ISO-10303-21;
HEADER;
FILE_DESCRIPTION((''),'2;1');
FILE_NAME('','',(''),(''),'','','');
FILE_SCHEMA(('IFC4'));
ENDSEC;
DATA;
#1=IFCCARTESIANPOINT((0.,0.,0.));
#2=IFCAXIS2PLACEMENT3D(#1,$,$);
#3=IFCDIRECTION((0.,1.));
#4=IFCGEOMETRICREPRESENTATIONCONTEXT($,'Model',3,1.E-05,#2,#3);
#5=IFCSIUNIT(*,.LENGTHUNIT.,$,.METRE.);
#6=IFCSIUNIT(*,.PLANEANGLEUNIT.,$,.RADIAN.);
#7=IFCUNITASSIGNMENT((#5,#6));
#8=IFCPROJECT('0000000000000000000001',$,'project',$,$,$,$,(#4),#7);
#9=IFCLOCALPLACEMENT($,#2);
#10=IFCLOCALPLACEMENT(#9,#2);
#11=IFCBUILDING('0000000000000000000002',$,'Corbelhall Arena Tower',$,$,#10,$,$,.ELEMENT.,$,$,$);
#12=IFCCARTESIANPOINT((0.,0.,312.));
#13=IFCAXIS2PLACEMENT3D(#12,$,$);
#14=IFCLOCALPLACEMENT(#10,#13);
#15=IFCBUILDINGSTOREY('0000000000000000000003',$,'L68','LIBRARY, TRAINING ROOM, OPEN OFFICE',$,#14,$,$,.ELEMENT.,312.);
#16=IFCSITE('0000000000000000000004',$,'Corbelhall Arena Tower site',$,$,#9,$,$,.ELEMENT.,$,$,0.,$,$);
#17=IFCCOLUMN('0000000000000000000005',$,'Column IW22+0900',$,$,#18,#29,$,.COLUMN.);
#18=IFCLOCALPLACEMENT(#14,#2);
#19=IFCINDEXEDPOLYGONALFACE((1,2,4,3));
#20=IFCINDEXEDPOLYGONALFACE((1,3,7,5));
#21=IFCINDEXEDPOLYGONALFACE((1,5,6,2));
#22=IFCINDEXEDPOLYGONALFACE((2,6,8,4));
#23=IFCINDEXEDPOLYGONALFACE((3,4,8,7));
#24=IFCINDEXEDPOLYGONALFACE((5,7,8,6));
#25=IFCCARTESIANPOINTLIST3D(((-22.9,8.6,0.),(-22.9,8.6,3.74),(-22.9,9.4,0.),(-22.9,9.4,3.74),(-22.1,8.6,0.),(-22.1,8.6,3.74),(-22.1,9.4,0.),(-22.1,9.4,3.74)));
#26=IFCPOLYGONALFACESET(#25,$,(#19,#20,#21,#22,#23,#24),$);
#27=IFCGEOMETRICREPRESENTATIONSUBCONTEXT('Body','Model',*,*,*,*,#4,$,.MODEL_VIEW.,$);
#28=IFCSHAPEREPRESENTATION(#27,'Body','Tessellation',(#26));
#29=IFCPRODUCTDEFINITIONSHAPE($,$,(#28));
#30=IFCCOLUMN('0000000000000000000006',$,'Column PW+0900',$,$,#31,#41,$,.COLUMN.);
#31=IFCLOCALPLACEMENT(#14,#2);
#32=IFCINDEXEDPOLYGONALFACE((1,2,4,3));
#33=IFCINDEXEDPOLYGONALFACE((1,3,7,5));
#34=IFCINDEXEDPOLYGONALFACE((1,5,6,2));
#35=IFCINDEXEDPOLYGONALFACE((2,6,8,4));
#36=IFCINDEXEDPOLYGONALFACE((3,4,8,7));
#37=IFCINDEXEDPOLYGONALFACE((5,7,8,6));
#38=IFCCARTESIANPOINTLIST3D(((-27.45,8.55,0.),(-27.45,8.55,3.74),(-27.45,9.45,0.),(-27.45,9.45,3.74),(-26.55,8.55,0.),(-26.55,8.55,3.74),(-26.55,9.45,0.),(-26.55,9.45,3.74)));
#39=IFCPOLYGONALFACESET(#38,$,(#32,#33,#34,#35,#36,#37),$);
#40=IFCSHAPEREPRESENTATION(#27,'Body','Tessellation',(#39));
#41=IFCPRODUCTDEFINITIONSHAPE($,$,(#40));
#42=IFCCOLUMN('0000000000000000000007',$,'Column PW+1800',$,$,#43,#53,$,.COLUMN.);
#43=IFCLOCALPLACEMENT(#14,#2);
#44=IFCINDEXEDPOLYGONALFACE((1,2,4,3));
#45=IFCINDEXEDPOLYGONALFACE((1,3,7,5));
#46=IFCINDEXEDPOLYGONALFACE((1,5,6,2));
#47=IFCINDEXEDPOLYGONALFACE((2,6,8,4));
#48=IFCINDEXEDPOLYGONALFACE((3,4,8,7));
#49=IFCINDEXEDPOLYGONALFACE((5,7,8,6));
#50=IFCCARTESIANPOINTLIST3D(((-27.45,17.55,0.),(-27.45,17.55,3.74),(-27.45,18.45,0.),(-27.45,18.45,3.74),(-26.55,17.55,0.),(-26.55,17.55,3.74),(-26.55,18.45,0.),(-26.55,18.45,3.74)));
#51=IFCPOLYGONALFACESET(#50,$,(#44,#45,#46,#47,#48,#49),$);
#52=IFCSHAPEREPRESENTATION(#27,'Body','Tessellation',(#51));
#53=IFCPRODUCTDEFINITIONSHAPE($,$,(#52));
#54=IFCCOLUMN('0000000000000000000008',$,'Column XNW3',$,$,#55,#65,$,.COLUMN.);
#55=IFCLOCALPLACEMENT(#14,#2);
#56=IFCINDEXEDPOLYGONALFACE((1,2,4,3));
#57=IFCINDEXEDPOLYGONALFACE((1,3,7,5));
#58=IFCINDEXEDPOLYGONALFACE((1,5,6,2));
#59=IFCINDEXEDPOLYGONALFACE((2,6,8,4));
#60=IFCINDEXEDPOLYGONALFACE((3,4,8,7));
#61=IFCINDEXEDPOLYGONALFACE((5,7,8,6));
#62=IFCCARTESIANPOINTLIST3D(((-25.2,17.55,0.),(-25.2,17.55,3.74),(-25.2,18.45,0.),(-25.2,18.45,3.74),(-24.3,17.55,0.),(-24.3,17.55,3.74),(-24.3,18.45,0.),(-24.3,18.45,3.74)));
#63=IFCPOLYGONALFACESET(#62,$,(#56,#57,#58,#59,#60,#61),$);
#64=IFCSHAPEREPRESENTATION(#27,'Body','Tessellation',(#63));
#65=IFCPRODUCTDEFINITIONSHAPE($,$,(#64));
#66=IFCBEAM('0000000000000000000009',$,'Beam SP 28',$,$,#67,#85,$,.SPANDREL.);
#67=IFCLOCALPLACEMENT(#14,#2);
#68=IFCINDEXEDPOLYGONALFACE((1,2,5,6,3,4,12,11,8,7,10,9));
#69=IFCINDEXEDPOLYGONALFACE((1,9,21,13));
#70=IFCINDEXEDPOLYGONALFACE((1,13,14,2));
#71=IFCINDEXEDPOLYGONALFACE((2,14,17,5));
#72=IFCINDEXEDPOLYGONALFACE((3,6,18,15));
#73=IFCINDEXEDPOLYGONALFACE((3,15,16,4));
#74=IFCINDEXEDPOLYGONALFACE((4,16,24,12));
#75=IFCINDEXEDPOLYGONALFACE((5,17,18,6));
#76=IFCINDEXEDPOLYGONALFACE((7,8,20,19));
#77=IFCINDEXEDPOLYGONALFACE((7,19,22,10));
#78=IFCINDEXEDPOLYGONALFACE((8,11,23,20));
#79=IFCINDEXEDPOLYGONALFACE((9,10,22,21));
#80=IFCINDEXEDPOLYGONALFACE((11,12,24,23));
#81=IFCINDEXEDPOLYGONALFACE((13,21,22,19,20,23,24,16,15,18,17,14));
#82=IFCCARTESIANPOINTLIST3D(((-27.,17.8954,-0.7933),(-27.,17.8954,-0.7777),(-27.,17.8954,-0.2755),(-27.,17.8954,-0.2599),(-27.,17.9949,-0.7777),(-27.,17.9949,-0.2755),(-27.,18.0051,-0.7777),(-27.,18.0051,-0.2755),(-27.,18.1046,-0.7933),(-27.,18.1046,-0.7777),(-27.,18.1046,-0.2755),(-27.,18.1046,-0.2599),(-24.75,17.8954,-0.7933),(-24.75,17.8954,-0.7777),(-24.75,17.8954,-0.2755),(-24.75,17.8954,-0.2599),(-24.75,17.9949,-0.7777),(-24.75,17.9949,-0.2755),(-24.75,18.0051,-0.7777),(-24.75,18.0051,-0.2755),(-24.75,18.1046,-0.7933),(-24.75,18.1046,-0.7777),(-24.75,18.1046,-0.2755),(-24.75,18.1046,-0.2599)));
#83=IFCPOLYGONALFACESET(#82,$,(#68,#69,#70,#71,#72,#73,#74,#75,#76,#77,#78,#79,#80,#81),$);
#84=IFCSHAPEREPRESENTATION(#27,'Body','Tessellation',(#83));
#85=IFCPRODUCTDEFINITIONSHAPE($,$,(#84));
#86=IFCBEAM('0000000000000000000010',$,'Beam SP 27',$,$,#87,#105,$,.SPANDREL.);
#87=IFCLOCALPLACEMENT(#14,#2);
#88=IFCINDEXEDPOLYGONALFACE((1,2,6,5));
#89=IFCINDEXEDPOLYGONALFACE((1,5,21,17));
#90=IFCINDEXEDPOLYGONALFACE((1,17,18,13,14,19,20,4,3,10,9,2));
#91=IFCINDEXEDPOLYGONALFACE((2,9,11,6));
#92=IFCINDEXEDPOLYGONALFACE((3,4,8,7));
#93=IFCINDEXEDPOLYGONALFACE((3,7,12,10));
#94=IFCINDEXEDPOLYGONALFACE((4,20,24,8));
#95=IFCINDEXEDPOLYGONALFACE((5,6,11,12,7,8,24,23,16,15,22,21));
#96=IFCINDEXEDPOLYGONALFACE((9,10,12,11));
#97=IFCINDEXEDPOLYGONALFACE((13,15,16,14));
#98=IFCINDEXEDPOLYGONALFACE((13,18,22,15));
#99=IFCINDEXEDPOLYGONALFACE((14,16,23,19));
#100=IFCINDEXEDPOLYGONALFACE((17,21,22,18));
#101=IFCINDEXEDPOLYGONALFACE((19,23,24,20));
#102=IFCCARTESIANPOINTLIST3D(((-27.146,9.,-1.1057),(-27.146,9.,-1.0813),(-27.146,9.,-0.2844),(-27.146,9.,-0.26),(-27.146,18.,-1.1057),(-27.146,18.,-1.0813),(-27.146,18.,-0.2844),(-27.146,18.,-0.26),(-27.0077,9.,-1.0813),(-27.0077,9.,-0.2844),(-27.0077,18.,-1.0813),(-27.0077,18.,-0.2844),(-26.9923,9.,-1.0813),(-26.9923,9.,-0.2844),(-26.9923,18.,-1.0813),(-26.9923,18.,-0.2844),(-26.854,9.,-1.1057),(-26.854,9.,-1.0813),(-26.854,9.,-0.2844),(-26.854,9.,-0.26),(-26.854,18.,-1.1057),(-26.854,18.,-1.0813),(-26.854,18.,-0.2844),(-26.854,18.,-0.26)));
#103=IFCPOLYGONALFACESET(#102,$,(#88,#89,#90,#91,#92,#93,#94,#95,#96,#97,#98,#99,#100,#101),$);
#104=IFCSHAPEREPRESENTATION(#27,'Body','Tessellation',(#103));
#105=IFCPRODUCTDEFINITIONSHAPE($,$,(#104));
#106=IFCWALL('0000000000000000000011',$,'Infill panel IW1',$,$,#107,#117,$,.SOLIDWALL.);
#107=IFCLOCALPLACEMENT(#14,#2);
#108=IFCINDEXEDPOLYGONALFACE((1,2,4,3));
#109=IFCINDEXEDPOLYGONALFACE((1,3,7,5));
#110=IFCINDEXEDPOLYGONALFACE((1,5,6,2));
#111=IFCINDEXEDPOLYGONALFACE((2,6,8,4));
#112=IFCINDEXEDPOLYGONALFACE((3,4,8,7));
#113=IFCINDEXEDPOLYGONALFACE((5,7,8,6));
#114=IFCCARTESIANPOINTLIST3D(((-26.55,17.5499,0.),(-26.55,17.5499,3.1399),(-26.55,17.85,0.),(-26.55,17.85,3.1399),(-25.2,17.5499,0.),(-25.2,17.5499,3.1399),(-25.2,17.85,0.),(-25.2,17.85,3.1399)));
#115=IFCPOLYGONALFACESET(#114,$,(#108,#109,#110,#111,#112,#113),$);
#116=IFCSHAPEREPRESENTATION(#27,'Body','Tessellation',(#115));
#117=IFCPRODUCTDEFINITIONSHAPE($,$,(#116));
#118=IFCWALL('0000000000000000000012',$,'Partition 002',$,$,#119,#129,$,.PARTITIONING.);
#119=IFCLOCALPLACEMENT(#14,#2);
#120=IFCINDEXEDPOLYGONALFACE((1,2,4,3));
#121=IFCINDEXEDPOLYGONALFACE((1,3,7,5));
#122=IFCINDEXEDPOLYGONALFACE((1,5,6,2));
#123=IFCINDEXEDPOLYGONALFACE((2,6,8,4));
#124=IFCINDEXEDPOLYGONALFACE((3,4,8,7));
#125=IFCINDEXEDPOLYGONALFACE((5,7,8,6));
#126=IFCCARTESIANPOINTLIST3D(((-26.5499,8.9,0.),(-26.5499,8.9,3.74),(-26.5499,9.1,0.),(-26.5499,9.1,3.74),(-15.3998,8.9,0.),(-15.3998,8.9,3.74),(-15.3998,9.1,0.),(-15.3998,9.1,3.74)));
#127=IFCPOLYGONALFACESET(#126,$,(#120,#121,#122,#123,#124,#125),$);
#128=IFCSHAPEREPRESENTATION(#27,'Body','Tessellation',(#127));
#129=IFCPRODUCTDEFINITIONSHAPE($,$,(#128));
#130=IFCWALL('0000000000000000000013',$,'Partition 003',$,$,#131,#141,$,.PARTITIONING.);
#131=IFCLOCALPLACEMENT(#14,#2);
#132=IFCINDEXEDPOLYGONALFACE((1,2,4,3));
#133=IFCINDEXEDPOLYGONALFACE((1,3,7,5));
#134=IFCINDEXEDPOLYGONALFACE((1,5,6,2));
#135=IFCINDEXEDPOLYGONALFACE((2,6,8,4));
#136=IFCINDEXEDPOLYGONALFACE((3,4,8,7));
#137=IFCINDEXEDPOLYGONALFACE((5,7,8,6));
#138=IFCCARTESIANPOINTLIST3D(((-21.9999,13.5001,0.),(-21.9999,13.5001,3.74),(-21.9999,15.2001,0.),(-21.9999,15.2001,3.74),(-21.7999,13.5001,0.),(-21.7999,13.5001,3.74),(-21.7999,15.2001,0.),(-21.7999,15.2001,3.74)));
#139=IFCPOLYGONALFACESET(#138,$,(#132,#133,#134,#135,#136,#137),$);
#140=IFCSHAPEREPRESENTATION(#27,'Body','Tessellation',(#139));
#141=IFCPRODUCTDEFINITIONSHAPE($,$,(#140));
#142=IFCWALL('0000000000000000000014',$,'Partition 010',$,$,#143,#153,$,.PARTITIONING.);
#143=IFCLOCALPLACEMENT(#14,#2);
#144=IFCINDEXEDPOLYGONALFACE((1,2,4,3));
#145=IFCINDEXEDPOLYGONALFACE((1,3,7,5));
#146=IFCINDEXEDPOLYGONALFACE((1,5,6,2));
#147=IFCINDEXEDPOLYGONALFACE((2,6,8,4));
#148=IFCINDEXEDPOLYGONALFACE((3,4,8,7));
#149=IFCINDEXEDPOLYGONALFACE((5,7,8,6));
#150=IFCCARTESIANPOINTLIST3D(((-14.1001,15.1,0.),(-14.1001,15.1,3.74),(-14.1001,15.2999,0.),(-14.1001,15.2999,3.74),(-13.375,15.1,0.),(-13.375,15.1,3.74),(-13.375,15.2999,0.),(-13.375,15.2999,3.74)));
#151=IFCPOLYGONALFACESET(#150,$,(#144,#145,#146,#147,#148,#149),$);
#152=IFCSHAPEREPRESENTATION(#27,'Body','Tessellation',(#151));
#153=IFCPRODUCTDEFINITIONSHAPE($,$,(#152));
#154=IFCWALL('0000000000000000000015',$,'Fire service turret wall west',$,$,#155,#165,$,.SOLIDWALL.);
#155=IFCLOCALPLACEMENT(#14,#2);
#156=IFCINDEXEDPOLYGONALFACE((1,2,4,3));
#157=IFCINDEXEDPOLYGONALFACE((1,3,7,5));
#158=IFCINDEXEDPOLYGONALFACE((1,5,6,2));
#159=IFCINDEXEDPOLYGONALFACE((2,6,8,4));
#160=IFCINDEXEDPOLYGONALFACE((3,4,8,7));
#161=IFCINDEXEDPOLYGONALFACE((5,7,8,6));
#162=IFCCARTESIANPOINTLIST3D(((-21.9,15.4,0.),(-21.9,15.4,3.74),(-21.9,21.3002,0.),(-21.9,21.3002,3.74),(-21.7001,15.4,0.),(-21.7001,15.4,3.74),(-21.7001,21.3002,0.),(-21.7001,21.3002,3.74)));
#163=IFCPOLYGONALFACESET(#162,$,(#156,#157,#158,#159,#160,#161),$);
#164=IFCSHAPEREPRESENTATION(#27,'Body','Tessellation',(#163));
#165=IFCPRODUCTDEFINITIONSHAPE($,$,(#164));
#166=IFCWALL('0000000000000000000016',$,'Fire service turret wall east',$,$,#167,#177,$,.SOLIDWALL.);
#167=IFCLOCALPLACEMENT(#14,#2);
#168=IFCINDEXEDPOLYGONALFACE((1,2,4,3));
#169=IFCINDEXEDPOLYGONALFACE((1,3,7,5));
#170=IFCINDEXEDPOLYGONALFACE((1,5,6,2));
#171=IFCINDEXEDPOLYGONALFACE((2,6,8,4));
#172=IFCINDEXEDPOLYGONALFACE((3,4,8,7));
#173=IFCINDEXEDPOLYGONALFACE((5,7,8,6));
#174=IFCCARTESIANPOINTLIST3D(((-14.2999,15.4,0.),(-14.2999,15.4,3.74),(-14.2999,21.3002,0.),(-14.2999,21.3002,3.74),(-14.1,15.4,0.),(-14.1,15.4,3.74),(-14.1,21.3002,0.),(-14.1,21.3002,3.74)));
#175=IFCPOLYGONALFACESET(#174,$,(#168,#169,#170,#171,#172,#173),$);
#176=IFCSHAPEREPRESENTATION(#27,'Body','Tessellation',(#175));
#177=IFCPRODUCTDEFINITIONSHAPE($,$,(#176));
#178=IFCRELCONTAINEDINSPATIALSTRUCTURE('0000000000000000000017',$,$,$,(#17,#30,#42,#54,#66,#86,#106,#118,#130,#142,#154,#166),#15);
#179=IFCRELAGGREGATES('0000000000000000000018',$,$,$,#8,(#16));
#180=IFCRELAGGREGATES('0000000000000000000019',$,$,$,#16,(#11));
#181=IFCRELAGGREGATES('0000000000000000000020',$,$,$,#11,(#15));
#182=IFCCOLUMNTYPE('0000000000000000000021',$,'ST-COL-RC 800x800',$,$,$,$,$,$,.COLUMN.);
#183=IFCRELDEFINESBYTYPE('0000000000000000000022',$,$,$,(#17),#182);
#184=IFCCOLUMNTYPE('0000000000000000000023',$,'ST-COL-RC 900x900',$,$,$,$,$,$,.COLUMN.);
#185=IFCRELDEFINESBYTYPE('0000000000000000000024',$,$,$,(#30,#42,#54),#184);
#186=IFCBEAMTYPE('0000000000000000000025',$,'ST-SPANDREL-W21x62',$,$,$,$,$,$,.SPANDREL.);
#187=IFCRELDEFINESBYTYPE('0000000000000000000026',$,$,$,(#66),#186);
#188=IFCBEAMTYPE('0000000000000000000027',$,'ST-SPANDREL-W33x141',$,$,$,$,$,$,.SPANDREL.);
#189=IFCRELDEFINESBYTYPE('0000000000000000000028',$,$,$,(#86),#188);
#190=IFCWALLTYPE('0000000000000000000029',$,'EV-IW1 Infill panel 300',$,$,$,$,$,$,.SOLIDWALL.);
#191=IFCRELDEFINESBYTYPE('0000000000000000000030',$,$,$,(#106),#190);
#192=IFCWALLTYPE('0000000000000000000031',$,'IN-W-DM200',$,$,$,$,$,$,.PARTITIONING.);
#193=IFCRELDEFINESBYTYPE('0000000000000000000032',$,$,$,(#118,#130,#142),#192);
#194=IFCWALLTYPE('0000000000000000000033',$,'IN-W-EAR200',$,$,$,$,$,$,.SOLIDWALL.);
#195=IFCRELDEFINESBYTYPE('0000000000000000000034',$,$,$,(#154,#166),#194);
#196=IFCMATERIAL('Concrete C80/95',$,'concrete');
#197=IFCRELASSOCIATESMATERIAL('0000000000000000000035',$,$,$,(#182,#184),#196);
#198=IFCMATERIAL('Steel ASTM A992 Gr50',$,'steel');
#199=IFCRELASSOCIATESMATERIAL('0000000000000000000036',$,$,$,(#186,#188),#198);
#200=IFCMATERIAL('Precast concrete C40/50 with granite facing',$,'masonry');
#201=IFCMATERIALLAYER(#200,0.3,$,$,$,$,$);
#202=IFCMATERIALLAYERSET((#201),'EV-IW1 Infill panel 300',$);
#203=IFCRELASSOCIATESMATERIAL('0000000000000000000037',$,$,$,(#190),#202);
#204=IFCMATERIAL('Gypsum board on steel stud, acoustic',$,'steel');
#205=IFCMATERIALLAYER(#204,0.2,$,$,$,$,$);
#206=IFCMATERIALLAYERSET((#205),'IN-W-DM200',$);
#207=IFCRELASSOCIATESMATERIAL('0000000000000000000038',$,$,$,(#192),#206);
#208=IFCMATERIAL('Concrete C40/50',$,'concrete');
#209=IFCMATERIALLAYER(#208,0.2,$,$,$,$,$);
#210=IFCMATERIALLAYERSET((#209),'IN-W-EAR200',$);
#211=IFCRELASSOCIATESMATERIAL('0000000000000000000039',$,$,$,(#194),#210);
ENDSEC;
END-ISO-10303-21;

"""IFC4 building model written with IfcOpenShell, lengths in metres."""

from ifc_helpers import new_model, si_unit, direction, frame, frame_2d, origin, origin_2d, place, context, subcontext, project, spatial, rectangle, i_section, extrude, material, layer, layer_set, material_profile, profile_set, type_object, element, save


model = new_model("IFC4")

# Units and contexts
model_context = context("Model", 3, precision=1e-05, world=origin(), true_north=direction((0.0, 1.0)))
body_context = subcontext(model_context, "Body", "Model", "MODEL_VIEW")
ifc_project = project(units=[si_unit("LENGTHUNIT", "METRE"), si_unit("PLANEANGLEUNIT", "RADIAN")], contexts=[model_context])

# Site, building, storey
site_placement = place(None, origin())
site = spatial("IfcSite", under=ifc_project, at=site_placement, Name="Corbelhall Arena Tower site", CompositionType="ELEMENT", RefElevation=0.0)
building_placement = place(site_placement, origin())
building = spatial("IfcBuilding", under=site, at=building_placement, Name="Corbelhall Arena Tower", CompositionType="ELEMENT")
storey_placement = place(building_placement, frame((0.0, 0.0, 312.0)))
storey = spatial("IfcBuildingStorey", under=building, at=storey_placement, Name="L68", Description="LIBRARY, TRAINING ROOM, OPEN OFFICE", CompositionType="ELEMENT", Elevation=312.0)

# Columns
ifc_material_1 = material(Name="Concrete C80/95", Category="concrete")
ifc_material_profile_1 = material_profile(ifc_material_1, rectangle(XDim=0.8, YDim=0.8, at=origin_2d()))
ifc_profile_set_1 = profile_set([ifc_material_profile_1], Name="Concrete C80/95")
column_type_1 = type_object("IfcColumnType", Name="ST-COL-RC 800x800", PredefinedType="COLUMN", material=ifc_profile_set_1)
column_placement = place(storey_placement, frame((-22.5, 9.0, 0.0), z_axis=(0.0, 0.0, 1.0), x_axis=(1.0, 0.0, 0.0)))
element("IfcColumn", 1, at=column_placement, inside=storey, type_object=column_type_1, Name="Column IW22+0900", PredefinedType="COLUMN", context=body_context, shape_type="SweptSolid", body=[
    extrude(rectangle(XDim=0.8, YDim=0.8, at=origin_2d()), origin(), (0.0, 0.0, 1.0), 3.74),
])
ifc_material_profile_2 = material_profile(ifc_material_1, rectangle(XDim=0.8999, YDim=0.8999, at=origin_2d()))
ifc_profile_set_2 = profile_set([ifc_material_profile_2], Name="Concrete C80/95")
column_type_2 = type_object("IfcColumnType", Name="ST-COL-RC 900x900", PredefinedType="COLUMN", material=ifc_profile_set_2)
for number, where, z_axis, x_axis, name in (
    (2, (-27.0, 9.0, 0.0), (0.0, 0.0, 1.0), (0.0, 1.0, 0.0), "Column PW+0900"),
    (3, (-27.0, 18.0, 0.0), (0.0, 0.0, 1.0), (0.0, 1.0, 0.0), "Column PW+1800"),
    (4, (-24.75, 18.0, 0.0), (0.0, 0.0, 1.0), (1.0, 0.0, 0.0), "Column XNW3"),
):
    element("IfcColumn", number, at=place(storey_placement, frame(where, z_axis=z_axis, x_axis=x_axis)), inside=storey, type_object=column_type_2, Name=name, PredefinedType="COLUMN", context=body_context, shape_type="SweptSolid", body=[
        extrude(rectangle(XDim=0.8999, YDim=0.8999, at=origin_2d()), origin(), (0.0, 0.0, 1.0), 3.74),
    ])

# Beams
ifc_material_2 = material(Name="Steel ASTM A992 Gr50", Category="steel")
ifc_material_profile_3 = material_profile(ifc_material_2, i_section(OverallWidth=0.2092, OverallDepth=0.5334, WebThickness=0.0103, FlangeThickness=0.0156, at=origin_2d()))
ifc_profile_set_3 = profile_set([ifc_material_profile_3], Name="Steel ASTM A992 Gr50")
beam_type_1 = type_object("IfcBeamType", Name="ST-SPANDREL-W21x62", PredefinedType="SPANDREL", material=ifc_profile_set_3)
beam_1_placement = place(storey_placement, frame((-27.0, 18.0, -0.5266), z_axis=(1.0, 0.0, 0.0), x_axis=(0.0, 1.0, 0.0)))
element("IfcBeam", 5, at=beam_1_placement, inside=storey, type_object=beam_type_1, Name="Beam SP 28", PredefinedType="SPANDREL", context=body_context, shape_type="SweptSolid", body=[
    extrude(i_section(OverallWidth=0.2092, OverallDepth=0.5334, WebThickness=0.0103, FlangeThickness=0.0156, at=origin_2d()), origin(), (0.0, 0.0, 1.0), 2.25),
])
ifc_material_profile_4 = material_profile(ifc_material_2, i_section(OverallWidth=0.292, OverallDepth=0.8457, WebThickness=0.0154, FlangeThickness=0.0244, at=origin_2d()))
ifc_profile_set_4 = profile_set([ifc_material_profile_4], Name="Steel ASTM A992 Gr50")
beam_type_2 = type_object("IfcBeamType", Name="ST-SPANDREL-W33x141", PredefinedType="SPANDREL", material=ifc_profile_set_4)
beam_2_placement = place(storey_placement, frame((-27.0, 9.0, -0.6829), z_axis=(0.0, 1.0, 0.0), x_axis=(-1.0, 0.0, 0.0)))
element("IfcBeam", 6, at=beam_2_placement, inside=storey, type_object=beam_type_2, Name="Beam SP 27", PredefinedType="SPANDREL", context=body_context, shape_type="SweptSolid", body=[
    extrude(i_section(OverallWidth=0.292, OverallDepth=0.8457, WebThickness=0.0154, FlangeThickness=0.0244, at=origin_2d()), origin(), (0.0, 0.0, 1.0), 9.0),
])

# Wall
ifc_material_3 = material(Name="Precast concrete C40/50 with granite facing", Category="masonry")
ifc_layer_1 = layer(ifc_material_3, 0.3)
ifc_layer_set_1 = layer_set([ifc_layer_1], Name="EV-IW1 Infill panel 300")
wall_type_1 = type_object("IfcWallType", Name="EV-IW1 Infill panel 300", PredefinedType="SOLIDWALL", material=ifc_layer_set_1)
wall_1_placement = place(storey_placement, frame((-25.2, 17.7, 0.0), z_axis=(0.0, 0.0, 1.0), x_axis=(-1.0, 0.0, 0.0)))
element("IfcWall", 7, at=wall_1_placement, inside=storey, type_object=wall_type_1, Name="Infill panel IW1", PredefinedType="SOLIDWALL", context=body_context, shape_type="SweptSolid", body=[
    extrude(rectangle(XDim=1.3501, YDim=0.3, at=frame_2d((0.675, 0.0))), origin(), (0.0, 0.0, 1.0), 3.1399),
])

# Walls
ifc_material_4 = material(Name="Gypsum board on steel stud, acoustic", Category="steel")
ifc_layer_2 = layer(ifc_material_4, 0.2)
ifc_layer_set_2 = layer_set([ifc_layer_2], Name="IN-W-DM200")
wall_type_2 = type_object("IfcWallType", Name="IN-W-DM200", PredefinedType="PARTITIONING", material=ifc_layer_set_2)
wall_2_placement = place(storey_placement, frame((-26.55, 9.0, 0.0), z_axis=(0.0, 0.0, 1.0), x_axis=(1.0, 0.0, 0.0)))
element("IfcWall", 8, at=wall_2_placement, inside=storey, type_object=wall_type_2, Name="Partition 002", PredefinedType="PARTITIONING", context=body_context, shape_type="SweptSolid", body=[
    extrude(rectangle(XDim=11.1501, YDim=0.2, at=frame_2d((5.5752, 0.0))), origin(), (0.0, 0.0, 1.0), 3.74),
])
wall_3_placement = place(storey_placement, frame((-21.8999, 13.5, 0.0), z_axis=(0.0, 0.0, 1.0), x_axis=(0.0, 1.0, 0.0)))
element("IfcWall", 9, at=wall_3_placement, inside=storey, type_object=wall_type_2, Name="Partition 003", PredefinedType="PARTITIONING", context=body_context, shape_type="SweptSolid", body=[
    extrude(rectangle(XDim=1.7, YDim=0.2, at=frame_2d((0.8501, 0.0))), origin(), (0.0, 0.0, 1.0), 3.74),
])

# Wall
wall_4_placement = place(storey_placement, frame((-14.1001, 15.2, 0.0), z_axis=(0.0, 0.0, 1.0), x_axis=(1.0, 0.0, 0.0)))
element("IfcWall", 10, at=wall_4_placement, inside=storey, type_object=wall_type_2, Name="Partition 010", PredefinedType="PARTITIONING", context=body_context, shape_type="SweptSolid", body=[
    extrude(rectangle(XDim=0.7251, YDim=0.2, at=frame_2d((0.3625, 0.0))), origin(), (0.0, 0.0, 1.0), 3.74),
])

# Shared definitions
ifc_material_5 = material(Name="Concrete C40/50", Category="concrete")
ifc_layer_3 = layer(ifc_material_5, 0.2)
ifc_layer_set_3 = layer_set([ifc_layer_3], Name="IN-W-EAR200")
wall_type_3 = type_object("IfcWallType", Name="IN-W-EAR200", PredefinedType="SOLIDWALL", material=ifc_layer_set_3)

# Walls
for number, where, z_axis, x_axis, name in (
    (11, (-21.8, 15.3999, 0.0), (0.0, 0.0, 1.0), (0.0, 1.0, 0.0), "Fire service turret wall west"),
    (12, (-14.2, 15.3999, 0.0), (0.0, 0.0, 1.0), (0.0, 1.0, 0.0), "Fire service turret wall east"),
):
    element("IfcWall", number, at=place(storey_placement, frame(where, z_axis=z_axis, x_axis=x_axis)), inside=storey, type_object=wall_type_3, Name=name, PredefinedType="SOLIDWALL", context=body_context, shape_type="SweptSolid", body=[
        extrude(rectangle(XDim=5.9001, YDim=0.2, at=frame_2d((2.9502, 0.0))), origin(), (0.0, 0.0, 1.0), 3.74),
    ])

save(model, "model.ifc")
